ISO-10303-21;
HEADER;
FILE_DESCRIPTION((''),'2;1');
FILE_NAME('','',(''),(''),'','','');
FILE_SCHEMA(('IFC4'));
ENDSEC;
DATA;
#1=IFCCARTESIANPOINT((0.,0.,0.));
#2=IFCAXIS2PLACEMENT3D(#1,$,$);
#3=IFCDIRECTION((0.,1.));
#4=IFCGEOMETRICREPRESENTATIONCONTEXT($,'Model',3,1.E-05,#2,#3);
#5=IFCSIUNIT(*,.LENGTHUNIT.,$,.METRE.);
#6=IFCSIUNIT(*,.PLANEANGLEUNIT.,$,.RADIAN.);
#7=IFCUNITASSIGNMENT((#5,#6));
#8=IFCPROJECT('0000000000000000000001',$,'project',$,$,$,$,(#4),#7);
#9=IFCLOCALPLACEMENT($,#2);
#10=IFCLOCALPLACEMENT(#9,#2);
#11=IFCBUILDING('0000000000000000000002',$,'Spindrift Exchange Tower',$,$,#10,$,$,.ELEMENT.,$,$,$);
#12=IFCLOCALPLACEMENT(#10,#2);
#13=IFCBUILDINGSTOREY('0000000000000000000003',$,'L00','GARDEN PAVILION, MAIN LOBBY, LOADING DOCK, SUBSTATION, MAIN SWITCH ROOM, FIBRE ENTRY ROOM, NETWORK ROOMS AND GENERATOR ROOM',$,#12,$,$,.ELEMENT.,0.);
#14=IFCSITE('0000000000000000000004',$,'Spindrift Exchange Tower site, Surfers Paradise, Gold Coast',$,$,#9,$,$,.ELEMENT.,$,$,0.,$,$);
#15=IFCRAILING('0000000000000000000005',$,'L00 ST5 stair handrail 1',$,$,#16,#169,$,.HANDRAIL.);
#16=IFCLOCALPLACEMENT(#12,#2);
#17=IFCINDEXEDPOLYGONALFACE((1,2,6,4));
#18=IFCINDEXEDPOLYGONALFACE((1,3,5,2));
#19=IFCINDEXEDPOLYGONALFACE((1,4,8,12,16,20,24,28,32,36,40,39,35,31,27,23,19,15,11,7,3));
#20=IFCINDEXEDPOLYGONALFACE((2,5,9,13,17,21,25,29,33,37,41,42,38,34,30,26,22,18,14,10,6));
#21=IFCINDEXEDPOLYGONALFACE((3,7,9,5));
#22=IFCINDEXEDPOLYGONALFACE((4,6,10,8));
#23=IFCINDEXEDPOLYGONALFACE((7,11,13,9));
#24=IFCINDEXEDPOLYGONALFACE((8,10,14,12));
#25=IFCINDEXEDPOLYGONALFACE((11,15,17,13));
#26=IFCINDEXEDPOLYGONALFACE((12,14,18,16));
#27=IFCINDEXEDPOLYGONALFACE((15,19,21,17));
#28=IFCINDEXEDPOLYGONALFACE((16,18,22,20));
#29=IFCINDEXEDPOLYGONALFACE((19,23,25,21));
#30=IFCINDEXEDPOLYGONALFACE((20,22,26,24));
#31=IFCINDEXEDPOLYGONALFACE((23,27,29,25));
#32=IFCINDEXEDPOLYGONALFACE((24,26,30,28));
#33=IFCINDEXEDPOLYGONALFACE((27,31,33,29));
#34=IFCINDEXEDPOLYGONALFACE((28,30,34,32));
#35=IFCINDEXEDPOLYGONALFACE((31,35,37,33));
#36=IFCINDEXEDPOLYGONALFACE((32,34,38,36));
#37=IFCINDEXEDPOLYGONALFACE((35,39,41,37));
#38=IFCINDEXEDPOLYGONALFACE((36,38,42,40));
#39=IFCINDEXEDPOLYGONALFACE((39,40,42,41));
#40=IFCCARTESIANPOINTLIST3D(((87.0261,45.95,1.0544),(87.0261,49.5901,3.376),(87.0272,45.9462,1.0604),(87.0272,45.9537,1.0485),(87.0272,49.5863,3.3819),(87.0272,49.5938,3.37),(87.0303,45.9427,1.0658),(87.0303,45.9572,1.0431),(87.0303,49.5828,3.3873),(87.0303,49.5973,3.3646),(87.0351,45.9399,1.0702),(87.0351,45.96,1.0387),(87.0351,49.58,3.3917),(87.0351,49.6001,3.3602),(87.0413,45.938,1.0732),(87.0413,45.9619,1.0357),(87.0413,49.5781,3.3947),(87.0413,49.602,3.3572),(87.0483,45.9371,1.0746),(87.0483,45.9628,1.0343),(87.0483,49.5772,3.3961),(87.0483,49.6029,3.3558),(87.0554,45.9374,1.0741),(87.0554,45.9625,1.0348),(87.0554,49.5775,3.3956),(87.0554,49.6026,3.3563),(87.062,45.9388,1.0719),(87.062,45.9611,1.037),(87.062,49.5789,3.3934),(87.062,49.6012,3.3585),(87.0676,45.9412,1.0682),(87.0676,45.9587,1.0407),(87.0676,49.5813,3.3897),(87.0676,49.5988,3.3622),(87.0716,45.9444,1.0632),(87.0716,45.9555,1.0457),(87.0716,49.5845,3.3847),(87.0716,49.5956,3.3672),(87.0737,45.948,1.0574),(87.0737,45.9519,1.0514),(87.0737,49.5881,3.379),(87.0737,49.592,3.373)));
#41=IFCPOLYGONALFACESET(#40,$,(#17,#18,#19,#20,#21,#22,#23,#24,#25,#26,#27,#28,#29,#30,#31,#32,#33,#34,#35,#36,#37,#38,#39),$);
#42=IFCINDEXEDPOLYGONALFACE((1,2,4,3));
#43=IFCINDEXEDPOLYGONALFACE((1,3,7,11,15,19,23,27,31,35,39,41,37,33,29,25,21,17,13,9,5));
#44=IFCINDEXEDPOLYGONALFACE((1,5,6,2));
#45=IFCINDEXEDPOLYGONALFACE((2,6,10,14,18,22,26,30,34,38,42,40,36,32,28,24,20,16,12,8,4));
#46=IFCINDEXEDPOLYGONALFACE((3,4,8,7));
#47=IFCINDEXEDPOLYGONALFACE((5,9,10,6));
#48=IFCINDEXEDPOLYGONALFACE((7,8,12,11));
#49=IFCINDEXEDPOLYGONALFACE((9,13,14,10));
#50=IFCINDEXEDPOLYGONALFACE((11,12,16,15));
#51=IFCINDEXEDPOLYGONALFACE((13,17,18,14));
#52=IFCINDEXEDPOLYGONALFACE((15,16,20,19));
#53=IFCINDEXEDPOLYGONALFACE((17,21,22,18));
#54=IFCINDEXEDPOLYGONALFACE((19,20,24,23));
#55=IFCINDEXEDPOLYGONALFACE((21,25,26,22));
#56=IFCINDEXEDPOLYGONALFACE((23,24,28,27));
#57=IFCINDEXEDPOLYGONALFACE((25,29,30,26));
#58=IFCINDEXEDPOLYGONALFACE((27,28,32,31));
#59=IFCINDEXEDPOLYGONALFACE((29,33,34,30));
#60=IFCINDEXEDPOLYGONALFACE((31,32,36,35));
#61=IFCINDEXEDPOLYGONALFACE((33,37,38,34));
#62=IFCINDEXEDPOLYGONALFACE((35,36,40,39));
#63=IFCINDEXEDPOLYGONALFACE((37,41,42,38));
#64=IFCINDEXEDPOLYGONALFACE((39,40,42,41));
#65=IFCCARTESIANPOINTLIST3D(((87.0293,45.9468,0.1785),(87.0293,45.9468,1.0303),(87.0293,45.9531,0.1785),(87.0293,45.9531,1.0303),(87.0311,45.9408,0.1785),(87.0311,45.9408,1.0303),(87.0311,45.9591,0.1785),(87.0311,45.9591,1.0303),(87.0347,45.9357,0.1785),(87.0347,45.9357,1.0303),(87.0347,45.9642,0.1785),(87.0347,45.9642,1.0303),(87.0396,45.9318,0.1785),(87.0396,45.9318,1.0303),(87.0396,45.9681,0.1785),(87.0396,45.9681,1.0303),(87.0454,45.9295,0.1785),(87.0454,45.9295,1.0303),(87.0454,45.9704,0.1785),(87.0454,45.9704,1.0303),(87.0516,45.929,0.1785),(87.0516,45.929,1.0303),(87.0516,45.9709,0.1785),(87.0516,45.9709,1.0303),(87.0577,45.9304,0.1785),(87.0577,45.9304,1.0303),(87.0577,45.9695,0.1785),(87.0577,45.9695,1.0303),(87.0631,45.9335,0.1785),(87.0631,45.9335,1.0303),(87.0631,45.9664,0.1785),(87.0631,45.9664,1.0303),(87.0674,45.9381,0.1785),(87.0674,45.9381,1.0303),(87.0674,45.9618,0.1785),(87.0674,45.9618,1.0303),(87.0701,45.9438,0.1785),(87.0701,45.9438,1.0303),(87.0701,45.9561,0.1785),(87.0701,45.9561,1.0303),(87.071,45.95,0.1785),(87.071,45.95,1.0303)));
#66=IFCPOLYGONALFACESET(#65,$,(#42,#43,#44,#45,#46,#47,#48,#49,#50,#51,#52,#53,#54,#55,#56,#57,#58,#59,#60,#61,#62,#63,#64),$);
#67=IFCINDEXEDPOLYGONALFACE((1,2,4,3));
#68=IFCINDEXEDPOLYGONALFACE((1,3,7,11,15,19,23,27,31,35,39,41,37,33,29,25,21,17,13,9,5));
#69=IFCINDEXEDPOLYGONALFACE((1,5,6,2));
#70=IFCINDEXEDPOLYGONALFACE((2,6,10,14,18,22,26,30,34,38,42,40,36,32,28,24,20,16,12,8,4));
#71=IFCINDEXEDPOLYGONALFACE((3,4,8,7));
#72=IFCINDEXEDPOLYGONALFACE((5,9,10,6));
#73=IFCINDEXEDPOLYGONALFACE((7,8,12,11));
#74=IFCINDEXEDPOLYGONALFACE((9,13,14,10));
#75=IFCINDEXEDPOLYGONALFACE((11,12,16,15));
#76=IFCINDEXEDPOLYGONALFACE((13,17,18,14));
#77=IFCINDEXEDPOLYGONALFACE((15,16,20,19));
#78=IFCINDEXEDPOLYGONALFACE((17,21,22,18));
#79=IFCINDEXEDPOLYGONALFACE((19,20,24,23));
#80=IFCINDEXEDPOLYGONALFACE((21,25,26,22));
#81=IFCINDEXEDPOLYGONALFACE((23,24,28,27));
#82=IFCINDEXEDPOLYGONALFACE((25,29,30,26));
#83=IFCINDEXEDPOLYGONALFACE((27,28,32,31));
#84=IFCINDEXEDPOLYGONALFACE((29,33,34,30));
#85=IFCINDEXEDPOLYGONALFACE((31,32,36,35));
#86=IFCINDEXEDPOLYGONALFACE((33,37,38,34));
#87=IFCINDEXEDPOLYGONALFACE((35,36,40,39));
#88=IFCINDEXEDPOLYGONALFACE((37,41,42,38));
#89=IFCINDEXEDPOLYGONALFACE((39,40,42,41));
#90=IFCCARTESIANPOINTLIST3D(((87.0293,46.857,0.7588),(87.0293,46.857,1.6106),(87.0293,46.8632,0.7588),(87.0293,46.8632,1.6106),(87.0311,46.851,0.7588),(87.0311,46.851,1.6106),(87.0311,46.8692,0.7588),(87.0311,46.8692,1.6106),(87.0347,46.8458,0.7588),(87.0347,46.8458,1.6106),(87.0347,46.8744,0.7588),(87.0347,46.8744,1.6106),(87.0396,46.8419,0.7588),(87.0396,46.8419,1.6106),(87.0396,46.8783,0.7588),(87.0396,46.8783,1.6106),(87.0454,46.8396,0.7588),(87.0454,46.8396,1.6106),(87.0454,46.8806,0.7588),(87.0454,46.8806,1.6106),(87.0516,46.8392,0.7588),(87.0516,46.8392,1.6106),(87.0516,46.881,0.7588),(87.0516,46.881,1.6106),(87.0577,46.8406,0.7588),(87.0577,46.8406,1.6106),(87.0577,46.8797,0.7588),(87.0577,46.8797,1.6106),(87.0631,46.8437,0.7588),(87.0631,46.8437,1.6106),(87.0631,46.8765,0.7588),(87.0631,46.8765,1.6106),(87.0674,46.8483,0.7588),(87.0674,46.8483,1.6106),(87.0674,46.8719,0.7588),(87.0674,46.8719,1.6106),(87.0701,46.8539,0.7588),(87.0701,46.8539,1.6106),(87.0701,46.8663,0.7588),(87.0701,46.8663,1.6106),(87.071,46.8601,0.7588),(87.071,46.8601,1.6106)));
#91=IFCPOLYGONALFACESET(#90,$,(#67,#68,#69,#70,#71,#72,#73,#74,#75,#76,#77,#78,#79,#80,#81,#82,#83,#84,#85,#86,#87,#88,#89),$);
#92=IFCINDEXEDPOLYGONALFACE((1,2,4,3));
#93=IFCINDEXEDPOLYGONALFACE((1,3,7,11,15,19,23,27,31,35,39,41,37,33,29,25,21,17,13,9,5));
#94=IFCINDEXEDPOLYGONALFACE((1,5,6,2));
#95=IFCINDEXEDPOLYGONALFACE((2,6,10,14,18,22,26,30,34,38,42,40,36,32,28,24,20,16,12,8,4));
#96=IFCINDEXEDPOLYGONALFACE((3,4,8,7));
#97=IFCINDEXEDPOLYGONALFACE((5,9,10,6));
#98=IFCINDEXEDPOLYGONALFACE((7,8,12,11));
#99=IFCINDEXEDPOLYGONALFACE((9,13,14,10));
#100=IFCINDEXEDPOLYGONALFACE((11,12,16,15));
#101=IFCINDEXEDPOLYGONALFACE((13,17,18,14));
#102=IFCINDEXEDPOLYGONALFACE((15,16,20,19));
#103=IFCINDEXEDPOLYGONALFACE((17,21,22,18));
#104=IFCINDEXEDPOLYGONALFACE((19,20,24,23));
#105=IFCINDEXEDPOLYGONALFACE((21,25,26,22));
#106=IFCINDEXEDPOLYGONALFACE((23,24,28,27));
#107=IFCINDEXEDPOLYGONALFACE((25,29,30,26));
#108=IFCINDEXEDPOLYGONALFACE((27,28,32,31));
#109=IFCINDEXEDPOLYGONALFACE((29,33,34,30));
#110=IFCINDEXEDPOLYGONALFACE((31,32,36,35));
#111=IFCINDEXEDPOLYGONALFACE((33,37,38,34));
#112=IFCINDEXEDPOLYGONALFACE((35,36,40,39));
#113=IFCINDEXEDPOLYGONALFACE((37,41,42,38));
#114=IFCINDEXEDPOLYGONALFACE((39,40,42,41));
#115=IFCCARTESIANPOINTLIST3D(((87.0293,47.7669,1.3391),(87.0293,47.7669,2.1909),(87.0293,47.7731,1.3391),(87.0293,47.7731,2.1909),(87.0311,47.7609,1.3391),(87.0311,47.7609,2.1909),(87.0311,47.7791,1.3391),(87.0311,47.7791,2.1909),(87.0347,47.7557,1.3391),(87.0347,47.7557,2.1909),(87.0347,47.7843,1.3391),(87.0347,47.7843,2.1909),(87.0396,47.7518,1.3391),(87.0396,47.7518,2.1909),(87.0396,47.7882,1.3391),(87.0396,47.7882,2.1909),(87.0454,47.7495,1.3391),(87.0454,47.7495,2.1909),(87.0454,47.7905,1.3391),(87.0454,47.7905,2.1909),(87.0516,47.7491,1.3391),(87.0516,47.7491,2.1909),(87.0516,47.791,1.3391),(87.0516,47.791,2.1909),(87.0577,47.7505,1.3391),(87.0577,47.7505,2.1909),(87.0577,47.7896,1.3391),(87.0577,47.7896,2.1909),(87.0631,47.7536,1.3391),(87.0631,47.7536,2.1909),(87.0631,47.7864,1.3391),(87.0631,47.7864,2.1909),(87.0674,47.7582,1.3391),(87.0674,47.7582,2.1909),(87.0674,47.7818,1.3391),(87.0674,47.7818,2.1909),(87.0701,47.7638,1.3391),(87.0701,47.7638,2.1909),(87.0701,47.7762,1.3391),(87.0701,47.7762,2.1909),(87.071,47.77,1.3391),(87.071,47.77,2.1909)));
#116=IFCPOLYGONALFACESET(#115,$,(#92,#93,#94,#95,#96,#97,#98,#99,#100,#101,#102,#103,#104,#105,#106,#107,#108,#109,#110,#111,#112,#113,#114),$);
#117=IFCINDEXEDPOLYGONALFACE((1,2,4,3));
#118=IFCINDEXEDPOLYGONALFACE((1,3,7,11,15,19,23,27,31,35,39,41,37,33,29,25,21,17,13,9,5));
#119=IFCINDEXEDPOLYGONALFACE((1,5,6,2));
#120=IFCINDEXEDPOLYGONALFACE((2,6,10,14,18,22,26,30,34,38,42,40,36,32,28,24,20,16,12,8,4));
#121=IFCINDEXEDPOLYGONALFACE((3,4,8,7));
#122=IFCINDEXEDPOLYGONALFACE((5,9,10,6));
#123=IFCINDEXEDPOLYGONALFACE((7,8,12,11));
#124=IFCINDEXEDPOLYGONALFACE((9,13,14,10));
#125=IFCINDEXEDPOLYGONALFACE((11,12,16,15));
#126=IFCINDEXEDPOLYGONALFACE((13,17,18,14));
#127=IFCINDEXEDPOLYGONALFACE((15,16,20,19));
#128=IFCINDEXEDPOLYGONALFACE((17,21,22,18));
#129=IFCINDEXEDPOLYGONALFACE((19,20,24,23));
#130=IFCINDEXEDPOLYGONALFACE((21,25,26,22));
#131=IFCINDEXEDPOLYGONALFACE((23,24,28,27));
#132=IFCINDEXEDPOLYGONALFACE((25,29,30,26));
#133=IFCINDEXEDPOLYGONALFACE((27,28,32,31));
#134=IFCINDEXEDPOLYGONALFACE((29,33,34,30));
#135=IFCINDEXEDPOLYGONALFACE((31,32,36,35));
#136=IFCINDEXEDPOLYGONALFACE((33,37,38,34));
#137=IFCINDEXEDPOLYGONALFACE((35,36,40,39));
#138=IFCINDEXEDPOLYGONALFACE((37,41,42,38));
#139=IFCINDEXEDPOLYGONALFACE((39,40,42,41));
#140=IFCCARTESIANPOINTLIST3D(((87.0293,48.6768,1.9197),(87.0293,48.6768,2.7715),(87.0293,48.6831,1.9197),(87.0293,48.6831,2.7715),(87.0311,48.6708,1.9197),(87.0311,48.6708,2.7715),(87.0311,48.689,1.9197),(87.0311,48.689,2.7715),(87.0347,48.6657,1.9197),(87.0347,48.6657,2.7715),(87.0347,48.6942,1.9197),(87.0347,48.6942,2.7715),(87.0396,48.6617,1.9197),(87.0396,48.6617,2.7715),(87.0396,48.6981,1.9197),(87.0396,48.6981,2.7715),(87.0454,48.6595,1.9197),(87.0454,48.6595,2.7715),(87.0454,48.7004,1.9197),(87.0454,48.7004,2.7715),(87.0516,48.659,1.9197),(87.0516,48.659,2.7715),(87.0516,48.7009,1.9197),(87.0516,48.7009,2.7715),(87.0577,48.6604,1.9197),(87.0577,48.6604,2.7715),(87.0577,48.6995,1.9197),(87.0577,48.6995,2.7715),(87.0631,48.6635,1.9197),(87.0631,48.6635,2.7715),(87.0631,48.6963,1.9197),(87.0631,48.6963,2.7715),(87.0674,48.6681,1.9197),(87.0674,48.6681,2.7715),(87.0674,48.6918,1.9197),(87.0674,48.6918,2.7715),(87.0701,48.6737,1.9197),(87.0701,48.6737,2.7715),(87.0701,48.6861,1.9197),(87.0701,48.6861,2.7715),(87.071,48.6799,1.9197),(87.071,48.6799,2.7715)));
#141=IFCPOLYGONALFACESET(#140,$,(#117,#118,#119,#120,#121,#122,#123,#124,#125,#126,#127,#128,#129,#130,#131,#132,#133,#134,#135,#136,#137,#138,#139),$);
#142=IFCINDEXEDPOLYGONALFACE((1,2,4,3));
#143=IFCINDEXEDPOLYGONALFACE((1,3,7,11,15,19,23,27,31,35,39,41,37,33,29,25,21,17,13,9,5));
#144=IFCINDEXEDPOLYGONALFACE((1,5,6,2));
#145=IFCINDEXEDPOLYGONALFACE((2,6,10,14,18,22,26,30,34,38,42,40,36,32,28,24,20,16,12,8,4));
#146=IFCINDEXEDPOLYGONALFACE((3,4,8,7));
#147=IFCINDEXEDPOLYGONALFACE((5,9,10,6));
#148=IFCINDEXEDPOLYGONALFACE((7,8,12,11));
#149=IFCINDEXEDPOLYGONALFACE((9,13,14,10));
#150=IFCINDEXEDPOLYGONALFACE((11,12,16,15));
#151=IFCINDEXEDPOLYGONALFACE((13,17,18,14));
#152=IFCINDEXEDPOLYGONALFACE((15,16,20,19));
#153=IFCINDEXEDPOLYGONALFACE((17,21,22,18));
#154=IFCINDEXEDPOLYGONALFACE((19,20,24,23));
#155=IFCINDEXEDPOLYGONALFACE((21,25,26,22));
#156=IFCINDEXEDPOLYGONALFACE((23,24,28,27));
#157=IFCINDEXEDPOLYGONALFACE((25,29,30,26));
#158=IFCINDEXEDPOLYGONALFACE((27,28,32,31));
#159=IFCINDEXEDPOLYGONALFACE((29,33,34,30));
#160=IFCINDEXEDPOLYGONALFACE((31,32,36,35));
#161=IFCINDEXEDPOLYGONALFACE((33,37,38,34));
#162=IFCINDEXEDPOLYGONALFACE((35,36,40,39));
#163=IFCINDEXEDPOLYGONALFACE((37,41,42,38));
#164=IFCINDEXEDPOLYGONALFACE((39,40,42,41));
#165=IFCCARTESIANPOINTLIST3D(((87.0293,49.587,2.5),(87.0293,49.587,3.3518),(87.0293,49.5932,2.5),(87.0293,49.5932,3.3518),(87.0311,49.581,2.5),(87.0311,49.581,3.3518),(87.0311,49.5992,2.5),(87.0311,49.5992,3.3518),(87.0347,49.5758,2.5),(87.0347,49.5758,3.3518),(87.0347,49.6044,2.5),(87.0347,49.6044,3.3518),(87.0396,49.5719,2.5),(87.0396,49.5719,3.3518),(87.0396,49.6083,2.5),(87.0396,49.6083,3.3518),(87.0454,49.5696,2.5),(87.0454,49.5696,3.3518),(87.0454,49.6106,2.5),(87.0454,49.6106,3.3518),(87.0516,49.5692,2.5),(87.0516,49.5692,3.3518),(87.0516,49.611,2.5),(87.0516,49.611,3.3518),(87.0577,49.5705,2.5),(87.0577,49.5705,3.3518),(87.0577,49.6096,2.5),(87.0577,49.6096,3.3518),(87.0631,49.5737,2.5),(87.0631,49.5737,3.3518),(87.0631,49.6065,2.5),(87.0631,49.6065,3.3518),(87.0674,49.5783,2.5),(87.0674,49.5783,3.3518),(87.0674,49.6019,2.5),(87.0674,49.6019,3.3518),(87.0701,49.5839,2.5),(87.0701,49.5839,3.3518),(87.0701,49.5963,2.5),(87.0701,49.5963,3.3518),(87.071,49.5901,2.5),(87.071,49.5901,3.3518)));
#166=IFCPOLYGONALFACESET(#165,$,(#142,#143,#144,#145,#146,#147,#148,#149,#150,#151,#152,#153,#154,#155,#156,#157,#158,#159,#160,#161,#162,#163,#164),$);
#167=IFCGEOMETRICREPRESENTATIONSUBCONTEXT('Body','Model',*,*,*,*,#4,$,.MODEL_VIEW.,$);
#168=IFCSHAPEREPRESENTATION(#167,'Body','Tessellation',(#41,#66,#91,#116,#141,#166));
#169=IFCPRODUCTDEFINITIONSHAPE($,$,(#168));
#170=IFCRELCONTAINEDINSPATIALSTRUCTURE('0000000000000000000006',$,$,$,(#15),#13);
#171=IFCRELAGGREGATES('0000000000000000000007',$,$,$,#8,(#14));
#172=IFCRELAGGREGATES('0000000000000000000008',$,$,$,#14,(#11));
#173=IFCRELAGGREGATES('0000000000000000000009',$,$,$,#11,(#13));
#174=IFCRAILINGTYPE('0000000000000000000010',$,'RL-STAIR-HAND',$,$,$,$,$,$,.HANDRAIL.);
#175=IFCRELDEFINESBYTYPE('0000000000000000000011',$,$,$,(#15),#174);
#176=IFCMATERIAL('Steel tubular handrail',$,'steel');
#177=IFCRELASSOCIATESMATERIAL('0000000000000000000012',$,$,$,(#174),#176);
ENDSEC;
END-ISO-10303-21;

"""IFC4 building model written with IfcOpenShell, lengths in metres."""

from ifc_helpers import new_model, si_unit, direction, frame, origin, origin_2d, place, context, subcontext, project, spatial, circle, extrude, material, type_object, element, save


model = new_model("IFC4")

# Units and contexts
model_context = context("Model", 3, precision=1e-05, world=origin(), true_north=direction((0.0, 1.0)))
body_context = subcontext(model_context, "Body", "Model", "MODEL_VIEW")
ifc_project = project(units=[si_unit("LENGTHUNIT", "METRE"), si_unit("PLANEANGLEUNIT", "RADIAN")], contexts=[model_context])

# Site, building, storey
site_placement = place(None, origin())
site = spatial("IfcSite", under=ifc_project, at=site_placement, Name="Spindrift Exchange Tower site, Surfers Paradise, Gold Coast", CompositionType="ELEMENT", RefElevation=0.0)
building_placement = place(site_placement, origin())
building = spatial("IfcBuilding", under=site, at=building_placement, Name="Spindrift Exchange Tower", CompositionType="ELEMENT")
storey_placement = place(building_placement, origin())
storey = spatial("IfcBuildingStorey", under=building, at=storey_placement, Name="L00", Description="GARDEN PAVILION, MAIN LOBBY, LOADING DOCK, SUBSTATION, MAIN SWITCH ROOM, FIBRE ENTRY ROOM, NETWORK ROOMS AND GENERATOR ROOM", CompositionType="ELEMENT", Elevation=0.0)

# Railing
ifc_material_1 = material(Name="Steel tubular handrail", Category="steel")
railing_type_1 = type_object("IfcRailingType", Name="RL-STAIR-HAND", PredefinedType="HANDRAIL", material=ifc_material_1)
railing_1_placement = place(storey_placement, frame((87.05, 45.95, 0.1785)))
element("IfcRailing", 1, at=railing_1_placement, inside=storey, type_object=railing_type_1, Name="L00 ST5 stair handrail 1", PredefinedType="HANDRAIL", context=body_context, shape_type="SweptSolid", body=[
    extrude(circle(Radius=0.0239, at=origin_2d()), frame((0.0, 0.0, 0.876), z_axis=(0.0, 0.843128, 0.537713), x_axis=(-1.0, 0.0, 0.0)), (0.0, 0.0, 1.0), 4.3174),
    extrude(circle(Radius=0.021, at=origin_2d()), origin(), (0.0, 0.0, 1.0), 0.8518),
    extrude(circle(Radius=0.021, at=origin_2d()), frame((0.0, 0.9102, 0.5803)), (0.0, 0.0, 1.0), 0.8518),
    extrude(circle(Radius=0.021, at=origin_2d()), frame((0.0, 1.8201, 1.1606)), (0.0, 0.0, 1.0), 0.8518),
    extrude(circle(Radius=0.021, at=origin_2d()), frame((0.0, 2.73, 1.7412)), (0.0, 0.0, 1.0), 0.8518),
    extrude(circle(Radius=0.021, at=origin_2d()), frame((0.0, 3.6401, 2.3215)), (0.0, 0.0, 1.0), 0.8518),
])

save(model, "model.ifc")
